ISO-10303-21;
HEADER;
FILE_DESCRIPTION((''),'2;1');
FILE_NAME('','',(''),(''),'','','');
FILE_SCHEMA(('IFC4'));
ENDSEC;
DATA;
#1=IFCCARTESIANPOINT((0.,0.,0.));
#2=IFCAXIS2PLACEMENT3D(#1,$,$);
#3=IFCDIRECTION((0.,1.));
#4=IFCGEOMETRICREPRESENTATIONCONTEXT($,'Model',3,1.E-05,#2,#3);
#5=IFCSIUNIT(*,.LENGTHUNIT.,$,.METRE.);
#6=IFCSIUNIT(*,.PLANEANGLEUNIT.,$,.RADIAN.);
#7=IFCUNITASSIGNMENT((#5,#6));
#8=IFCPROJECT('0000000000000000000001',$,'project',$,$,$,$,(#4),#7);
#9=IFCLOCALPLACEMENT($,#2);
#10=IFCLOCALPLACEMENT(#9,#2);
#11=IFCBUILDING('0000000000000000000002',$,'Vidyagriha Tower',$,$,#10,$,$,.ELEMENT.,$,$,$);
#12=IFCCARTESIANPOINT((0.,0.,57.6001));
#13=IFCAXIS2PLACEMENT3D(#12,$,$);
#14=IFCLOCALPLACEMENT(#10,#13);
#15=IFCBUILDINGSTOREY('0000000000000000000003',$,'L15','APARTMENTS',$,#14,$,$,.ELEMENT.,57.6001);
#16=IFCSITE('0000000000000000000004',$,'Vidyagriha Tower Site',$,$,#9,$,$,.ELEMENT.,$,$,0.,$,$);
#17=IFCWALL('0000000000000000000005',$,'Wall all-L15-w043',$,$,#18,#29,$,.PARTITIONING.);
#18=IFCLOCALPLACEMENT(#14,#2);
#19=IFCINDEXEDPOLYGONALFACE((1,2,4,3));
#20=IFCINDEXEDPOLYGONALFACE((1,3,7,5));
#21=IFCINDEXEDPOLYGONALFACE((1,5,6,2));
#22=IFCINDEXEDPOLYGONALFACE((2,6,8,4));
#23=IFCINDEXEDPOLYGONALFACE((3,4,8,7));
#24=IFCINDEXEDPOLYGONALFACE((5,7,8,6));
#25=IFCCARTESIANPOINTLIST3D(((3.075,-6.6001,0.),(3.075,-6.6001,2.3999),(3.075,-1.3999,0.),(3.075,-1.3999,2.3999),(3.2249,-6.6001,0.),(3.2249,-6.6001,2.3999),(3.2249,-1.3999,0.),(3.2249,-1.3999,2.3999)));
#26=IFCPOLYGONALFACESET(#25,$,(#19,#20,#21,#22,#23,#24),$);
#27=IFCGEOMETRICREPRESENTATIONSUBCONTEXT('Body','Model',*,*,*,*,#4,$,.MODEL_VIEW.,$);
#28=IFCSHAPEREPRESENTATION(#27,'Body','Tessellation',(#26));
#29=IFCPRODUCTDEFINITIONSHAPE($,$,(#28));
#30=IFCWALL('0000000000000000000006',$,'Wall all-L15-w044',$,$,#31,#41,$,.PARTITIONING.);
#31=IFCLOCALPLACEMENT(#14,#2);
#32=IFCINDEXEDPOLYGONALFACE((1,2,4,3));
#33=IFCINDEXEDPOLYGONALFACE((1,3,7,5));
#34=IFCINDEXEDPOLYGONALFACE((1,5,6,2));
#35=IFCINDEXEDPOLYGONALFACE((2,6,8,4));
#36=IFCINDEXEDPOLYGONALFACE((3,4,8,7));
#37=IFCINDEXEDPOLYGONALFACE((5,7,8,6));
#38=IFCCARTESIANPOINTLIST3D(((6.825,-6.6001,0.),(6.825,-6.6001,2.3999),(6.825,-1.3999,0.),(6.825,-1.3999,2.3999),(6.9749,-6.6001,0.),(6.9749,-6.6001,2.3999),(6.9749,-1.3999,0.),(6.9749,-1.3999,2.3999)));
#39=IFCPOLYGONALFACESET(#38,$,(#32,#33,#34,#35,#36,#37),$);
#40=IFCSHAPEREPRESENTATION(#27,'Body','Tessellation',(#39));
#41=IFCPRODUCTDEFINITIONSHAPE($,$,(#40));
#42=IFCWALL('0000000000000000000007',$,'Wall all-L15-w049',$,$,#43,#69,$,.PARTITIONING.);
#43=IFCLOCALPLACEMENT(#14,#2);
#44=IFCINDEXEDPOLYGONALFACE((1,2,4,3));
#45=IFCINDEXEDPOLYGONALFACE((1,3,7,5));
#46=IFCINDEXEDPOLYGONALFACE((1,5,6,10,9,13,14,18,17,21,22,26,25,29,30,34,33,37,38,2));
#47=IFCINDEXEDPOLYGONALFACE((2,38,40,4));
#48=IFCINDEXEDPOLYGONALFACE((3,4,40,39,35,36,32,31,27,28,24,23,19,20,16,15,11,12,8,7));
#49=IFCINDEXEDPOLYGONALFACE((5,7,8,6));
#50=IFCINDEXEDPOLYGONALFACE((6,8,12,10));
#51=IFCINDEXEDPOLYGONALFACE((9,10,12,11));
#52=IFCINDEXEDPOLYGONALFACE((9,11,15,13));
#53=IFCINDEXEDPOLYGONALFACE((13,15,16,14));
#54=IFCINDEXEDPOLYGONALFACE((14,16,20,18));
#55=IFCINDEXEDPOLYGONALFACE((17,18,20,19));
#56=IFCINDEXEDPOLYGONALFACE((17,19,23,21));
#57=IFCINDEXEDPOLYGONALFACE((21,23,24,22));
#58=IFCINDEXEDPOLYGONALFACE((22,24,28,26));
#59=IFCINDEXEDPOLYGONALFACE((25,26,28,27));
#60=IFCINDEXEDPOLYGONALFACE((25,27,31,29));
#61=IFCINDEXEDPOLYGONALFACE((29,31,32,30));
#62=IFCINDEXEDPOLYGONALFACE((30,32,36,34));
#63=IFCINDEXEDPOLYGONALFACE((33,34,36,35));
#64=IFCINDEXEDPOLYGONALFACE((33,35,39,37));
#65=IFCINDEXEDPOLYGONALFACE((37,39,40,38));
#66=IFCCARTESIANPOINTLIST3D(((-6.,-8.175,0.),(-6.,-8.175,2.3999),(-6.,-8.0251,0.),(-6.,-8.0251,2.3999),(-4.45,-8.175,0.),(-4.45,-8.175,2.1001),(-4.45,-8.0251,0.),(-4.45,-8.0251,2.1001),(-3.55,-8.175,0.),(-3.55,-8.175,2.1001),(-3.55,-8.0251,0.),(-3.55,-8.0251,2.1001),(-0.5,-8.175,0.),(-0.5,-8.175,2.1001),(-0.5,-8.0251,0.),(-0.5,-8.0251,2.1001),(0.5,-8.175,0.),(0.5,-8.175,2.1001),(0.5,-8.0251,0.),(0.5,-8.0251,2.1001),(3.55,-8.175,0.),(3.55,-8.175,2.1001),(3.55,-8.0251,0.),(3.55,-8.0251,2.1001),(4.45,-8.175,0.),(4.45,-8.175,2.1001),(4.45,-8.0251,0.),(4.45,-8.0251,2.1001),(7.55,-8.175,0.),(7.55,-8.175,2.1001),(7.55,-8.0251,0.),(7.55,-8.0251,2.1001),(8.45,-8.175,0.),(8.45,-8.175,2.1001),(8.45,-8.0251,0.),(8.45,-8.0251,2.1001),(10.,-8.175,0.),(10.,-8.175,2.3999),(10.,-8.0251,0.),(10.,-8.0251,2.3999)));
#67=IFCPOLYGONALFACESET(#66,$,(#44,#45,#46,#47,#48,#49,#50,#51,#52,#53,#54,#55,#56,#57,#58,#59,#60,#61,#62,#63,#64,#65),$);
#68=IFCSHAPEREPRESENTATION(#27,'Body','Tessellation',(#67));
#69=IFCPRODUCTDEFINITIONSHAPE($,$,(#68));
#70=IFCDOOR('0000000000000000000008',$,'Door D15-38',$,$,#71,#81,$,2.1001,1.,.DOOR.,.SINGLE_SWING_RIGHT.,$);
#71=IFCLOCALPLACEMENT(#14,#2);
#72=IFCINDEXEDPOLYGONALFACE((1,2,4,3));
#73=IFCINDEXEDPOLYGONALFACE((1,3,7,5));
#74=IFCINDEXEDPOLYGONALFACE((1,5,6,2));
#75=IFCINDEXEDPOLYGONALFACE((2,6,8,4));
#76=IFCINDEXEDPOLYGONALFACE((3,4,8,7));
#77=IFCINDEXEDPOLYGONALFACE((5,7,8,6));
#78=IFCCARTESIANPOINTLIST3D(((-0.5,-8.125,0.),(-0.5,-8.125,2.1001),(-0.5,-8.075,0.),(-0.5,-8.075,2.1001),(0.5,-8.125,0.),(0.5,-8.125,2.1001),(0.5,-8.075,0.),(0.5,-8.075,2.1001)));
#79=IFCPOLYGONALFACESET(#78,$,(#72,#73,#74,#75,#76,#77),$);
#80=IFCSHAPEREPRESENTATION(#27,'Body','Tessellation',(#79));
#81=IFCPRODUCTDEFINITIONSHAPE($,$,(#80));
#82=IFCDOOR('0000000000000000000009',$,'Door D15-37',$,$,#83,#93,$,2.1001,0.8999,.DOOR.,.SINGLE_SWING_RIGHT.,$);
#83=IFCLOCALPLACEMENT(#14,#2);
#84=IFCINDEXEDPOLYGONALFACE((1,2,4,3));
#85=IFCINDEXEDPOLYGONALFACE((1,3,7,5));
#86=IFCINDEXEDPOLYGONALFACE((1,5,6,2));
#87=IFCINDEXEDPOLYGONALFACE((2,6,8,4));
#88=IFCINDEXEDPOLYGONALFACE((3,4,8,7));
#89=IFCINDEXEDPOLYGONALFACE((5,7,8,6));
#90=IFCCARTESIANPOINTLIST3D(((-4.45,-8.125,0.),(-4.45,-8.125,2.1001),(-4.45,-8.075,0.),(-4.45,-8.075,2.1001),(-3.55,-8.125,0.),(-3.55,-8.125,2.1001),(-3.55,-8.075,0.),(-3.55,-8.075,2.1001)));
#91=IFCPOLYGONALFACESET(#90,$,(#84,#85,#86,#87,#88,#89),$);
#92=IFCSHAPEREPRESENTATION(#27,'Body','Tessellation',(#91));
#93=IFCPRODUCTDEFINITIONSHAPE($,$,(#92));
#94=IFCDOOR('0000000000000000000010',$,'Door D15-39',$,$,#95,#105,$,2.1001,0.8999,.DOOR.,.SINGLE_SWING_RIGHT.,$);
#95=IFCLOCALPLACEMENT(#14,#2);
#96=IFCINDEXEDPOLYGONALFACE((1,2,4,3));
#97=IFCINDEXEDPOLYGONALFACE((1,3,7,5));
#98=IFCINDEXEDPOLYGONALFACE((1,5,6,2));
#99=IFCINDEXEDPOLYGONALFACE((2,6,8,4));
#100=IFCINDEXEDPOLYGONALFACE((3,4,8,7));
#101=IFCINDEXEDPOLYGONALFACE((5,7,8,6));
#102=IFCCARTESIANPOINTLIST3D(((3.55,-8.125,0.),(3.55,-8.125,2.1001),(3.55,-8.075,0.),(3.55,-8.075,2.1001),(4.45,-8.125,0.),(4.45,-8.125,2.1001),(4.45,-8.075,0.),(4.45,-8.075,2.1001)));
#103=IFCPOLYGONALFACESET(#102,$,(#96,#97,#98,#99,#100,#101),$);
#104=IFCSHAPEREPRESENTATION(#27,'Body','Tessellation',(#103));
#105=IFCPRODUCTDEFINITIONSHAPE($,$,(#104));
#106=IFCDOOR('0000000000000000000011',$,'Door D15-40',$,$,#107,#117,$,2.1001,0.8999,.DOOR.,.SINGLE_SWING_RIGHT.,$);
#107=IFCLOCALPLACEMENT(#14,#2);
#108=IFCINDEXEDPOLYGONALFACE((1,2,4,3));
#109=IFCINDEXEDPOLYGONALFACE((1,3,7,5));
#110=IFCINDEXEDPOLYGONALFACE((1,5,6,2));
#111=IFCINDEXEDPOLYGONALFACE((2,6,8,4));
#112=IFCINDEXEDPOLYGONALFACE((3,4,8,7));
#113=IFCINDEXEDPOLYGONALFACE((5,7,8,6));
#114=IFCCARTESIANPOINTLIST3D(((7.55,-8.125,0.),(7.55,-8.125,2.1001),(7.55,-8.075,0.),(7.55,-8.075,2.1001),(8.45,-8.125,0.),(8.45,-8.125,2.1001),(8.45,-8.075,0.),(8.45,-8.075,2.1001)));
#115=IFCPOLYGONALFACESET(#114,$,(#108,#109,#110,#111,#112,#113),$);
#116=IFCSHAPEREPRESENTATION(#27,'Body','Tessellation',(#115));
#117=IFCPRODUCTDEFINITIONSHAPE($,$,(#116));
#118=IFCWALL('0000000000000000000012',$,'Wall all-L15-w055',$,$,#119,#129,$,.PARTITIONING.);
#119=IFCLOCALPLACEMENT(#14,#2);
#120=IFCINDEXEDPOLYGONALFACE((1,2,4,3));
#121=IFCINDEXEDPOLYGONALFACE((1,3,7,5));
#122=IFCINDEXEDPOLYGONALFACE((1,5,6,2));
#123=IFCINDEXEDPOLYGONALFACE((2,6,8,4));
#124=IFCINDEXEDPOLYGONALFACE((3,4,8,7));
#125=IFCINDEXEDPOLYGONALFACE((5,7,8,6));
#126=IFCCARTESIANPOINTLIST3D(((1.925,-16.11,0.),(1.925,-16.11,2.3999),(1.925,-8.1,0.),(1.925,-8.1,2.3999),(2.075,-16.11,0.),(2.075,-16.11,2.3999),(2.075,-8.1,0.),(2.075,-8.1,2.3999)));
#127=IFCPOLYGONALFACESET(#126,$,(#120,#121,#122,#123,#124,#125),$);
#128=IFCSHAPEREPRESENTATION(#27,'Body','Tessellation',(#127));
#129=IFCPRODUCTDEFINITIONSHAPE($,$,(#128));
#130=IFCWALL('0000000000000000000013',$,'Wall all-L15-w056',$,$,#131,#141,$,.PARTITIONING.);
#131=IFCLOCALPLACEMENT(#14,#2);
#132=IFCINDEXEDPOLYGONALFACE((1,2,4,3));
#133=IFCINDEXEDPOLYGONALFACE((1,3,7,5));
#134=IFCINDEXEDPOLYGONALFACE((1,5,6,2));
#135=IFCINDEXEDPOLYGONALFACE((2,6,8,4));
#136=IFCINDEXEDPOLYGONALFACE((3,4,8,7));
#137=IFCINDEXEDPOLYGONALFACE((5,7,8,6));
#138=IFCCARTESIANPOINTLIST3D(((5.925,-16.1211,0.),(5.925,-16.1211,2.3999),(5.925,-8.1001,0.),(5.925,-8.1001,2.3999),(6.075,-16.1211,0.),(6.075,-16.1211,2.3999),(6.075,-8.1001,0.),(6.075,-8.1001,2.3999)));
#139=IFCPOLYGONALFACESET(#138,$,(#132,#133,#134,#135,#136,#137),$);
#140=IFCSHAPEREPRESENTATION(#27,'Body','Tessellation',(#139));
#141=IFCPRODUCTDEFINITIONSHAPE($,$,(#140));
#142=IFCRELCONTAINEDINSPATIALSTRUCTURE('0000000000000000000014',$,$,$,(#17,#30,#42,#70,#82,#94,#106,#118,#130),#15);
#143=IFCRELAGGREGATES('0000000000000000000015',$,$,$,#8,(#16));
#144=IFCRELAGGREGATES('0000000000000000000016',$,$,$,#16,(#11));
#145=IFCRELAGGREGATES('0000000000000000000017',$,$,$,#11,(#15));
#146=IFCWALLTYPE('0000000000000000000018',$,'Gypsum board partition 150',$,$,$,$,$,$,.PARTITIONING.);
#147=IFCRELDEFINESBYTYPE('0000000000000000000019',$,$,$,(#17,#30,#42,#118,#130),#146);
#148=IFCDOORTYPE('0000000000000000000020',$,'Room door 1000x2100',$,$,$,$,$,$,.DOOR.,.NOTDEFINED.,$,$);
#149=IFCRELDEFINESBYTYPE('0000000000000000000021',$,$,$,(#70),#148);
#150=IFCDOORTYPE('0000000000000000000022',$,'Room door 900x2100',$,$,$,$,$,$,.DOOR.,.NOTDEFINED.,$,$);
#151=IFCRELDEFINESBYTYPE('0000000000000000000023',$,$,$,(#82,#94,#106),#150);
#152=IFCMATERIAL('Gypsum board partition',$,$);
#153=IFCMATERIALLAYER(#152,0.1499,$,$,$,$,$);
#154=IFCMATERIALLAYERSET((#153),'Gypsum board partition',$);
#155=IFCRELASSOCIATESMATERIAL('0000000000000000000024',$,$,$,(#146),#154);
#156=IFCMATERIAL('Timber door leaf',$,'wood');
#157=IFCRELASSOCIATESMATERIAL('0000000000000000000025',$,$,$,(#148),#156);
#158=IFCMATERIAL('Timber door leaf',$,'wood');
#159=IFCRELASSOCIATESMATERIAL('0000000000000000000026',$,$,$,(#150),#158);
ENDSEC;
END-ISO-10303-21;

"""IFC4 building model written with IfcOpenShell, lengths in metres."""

from ifc_helpers import new_model, si_unit, direction, frame, frame_2d, origin, place, context, subcontext, project, spatial, rectangle, extrude, material, layer, layer_set, type_object, element, fill, save


model = new_model("IFC4")

# Units and contexts
model_context = context("Model", 3, precision=1e-05, world=origin(), true_north=direction((0.0, 1.0)))
body_context = subcontext(model_context, "Body", "Model", "MODEL_VIEW")
ifc_project = project(units=[si_unit("LENGTHUNIT", "METRE"), si_unit("PLANEANGLEUNIT", "RADIAN")], contexts=[model_context])

# Site, building, storey
site_placement = place(None, origin())
site = spatial("IfcSite", under=ifc_project, at=site_placement, Name="Vidyagriha Tower Site", CompositionType="ELEMENT", RefElevation=0.0)
building_placement = place(site_placement, origin())
building = spatial("IfcBuilding", under=site, at=building_placement, Name="Vidyagriha Tower", CompositionType="ELEMENT")
storey_placement = place(building_placement, frame((0.0, 0.0, 57.6001)))
storey = spatial("IfcBuildingStorey", under=building, at=storey_placement, Name="L15", Description="APARTMENTS", CompositionType="ELEMENT", Elevation=57.6001)

# Walls
ifc_material_1 = material(Name="Gypsum board partition")
ifc_layer_1 = layer(ifc_material_1, 0.1499)
ifc_layer_set_1 = layer_set([ifc_layer_1], Name="Gypsum board partition")
wall_type_1 = type_object("IfcWallType", Name="Gypsum board partition 150", PredefinedType="PARTITIONING", material=ifc_layer_set_1)
for number, where, z_axis, x_axis, name in (
    (1, (3.1499, -1.3999, 0.0), (0.0, 0.0, 1.0), (0.0, -1.0, 0.0), "Wall all-L15-w043"),
    (2, (6.8999, -1.3999, 0.0), (0.0, 0.0, 1.0), (0.0, -1.0, 0.0), "Wall all-L15-w044"),
):
    element("IfcWall", number, at=place(storey_placement, frame(where, z_axis=z_axis, x_axis=x_axis)), inside=storey, type_object=wall_type_1, Name=name, PredefinedType="PARTITIONING", context=body_context, shape_type="SweptSolid", body=[
        extrude(rectangle(XDim=5.2002, YDim=0.1499, at=frame_2d((2.6001, 0.0))), origin(), (0.0, 0.0, 1.0), 2.3999),
    ])

# Wall, openings, doors
wall_1_placement = place(storey_placement, frame((10.0, -8.1001, 0.0), z_axis=(0.0, 0.0, 1.0), x_axis=(-1.0, 0.0, 0.0)))
wall_1 = element("IfcWall", 3, at=wall_1_placement, inside=storey, type_object=wall_type_1, Name="Wall all-L15-w049", PredefinedType="PARTITIONING", context=body_context, shape_type="SweptSolid", body=[
    extrude(rectangle(XDim=16.0, YDim=0.1499, at=frame_2d((8.0, 0.0))), origin(), (0.0, 0.0, 1.0), 2.3999),
])
opening_1_placement = place(wall_1_placement, frame((13.55, 0.0, 0.0)))
opening_1 = element("IfcOpeningElement", 4, at=opening_1_placement, cuts=wall_1, PredefinedType="OPENING", context=body_context, shape_type="SweptSolid", body=[
    extrude(rectangle(XDim=0.8999, YDim=2.1001, at=frame_2d((0.45, 1.05))), frame((0.0, 0.085, 0.0), z_axis=(0.0, -1.0, 0.0), x_axis=(1.0, 0.0, 0.0)), (0.0, 0.0, 1.0), 0.1699),
])
opening_2_placement = place(wall_1_placement, frame((9.5, 0.0, 0.0)))
opening_2 = element("IfcOpeningElement", 5, at=opening_2_placement, cuts=wall_1, PredefinedType="OPENING", context=body_context, shape_type="SweptSolid", body=[
    extrude(rectangle(XDim=1.0, YDim=2.1001, at=frame_2d((0.5, 1.05))), frame((0.0, 0.085, 0.0), z_axis=(0.0, -1.0, 0.0), x_axis=(1.0, 0.0, 0.0)), (0.0, 0.0, 1.0), 0.1699),
])
opening_3_placement = place(wall_1_placement, frame((5.55, 0.0, 0.0)))
opening_3 = element("IfcOpeningElement", 6, at=opening_3_placement, cuts=wall_1, PredefinedType="OPENING", context=body_context, shape_type="SweptSolid", body=[
    extrude(rectangle(XDim=0.8999, YDim=2.1001, at=frame_2d((0.45, 1.05))), frame((0.0, 0.085, 0.0), z_axis=(0.0, -1.0, 0.0), x_axis=(1.0, 0.0, 0.0)), (0.0, 0.0, 1.0), 0.1699),
])
opening_4_placement = place(wall_1_placement, frame((1.55, 0.0, 0.0)))
opening_4 = element("IfcOpeningElement", 7, at=opening_4_placement, cuts=wall_1, PredefinedType="OPENING", context=body_context, shape_type="SweptSolid", body=[
    extrude(rectangle(XDim=0.8999, YDim=2.1001, at=frame_2d((0.45, 1.05))), frame((0.0, 0.085, 0.0), z_axis=(0.0, -1.0, 0.0), x_axis=(1.0, 0.0, 0.0)), (0.0, 0.0, 1.0), 0.1699),
])
ifc_material_2 = material(Name="Timber door leaf", Category="wood")
door_type_1 = type_object("IfcDoorType", Name="Room door 1000x2100", OperationType="NOTDEFINED", PredefinedType="DOOR", material=ifc_material_2)
door_1_placement = place(opening_2_placement, origin())
door_1 = element("IfcDoor", 8, at=door_1_placement, inside=storey, type_object=door_type_1, Name="Door D15-38", OperationType="SINGLE_SWING_RIGHT", OverallHeight=2.1001, OverallWidth=1.0, PredefinedType="DOOR", context=body_context, shape_type="SweptSolid", body=[
    extrude(rectangle(XDim=1.0, YDim=2.1001, at=frame_2d((0.5, 1.05))), frame((0.0, 0.0249, 0.0), z_axis=(0.0, -1.0, 0.0), x_axis=(1.0, 0.0, 0.0)), (0.0, 0.0, 1.0), 0.05),
])
fill(opening_2, door_1)
ifc_material_3 = material(Name="Timber door leaf", Category="wood")
door_type_2 = type_object("IfcDoorType", Name="Room door 900x2100", OperationType="NOTDEFINED", PredefinedType="DOOR", material=ifc_material_3)
door_2_placement = place(opening_1_placement, origin())
door_2 = element("IfcDoor", 9, at=door_2_placement, inside=storey, type_object=door_type_2, Name="Door D15-37", OperationType="SINGLE_SWING_RIGHT", OverallHeight=2.1001, OverallWidth=0.8999, PredefinedType="DOOR", context=body_context, shape_type="SweptSolid", body=[
    extrude(rectangle(XDim=0.8999, YDim=2.1001, at=frame_2d((0.45, 1.05))), frame((0.0, 0.0249, 0.0), z_axis=(0.0, -1.0, 0.0), x_axis=(1.0, 0.0, 0.0)), (0.0, 0.0, 1.0), 0.05),
])
fill(opening_1, door_2)
door_3_placement = place(opening_3_placement, origin())
door_3 = element("IfcDoor", 10, at=door_3_placement, inside=storey, type_object=door_type_2, Name="Door D15-39", OperationType="SINGLE_SWING_RIGHT", OverallHeight=2.1001, OverallWidth=0.8999, PredefinedType="DOOR", context=body_context, shape_type="SweptSolid", body=[
    extrude(rectangle(XDim=0.8999, YDim=2.1001, at=frame_2d((0.45, 1.05))), frame((0.0, 0.0249, 0.0), z_axis=(0.0, -1.0, 0.0), x_axis=(1.0, 0.0, 0.0)), (0.0, 0.0, 1.0), 0.05),
])
fill(opening_3, door_3)
door_4_placement = place(opening_4_placement, origin())
door_4 = element("IfcDoor", 11, at=door_4_placement, inside=storey, type_object=door_type_2, Name="Door D15-40", OperationType="SINGLE_SWING_RIGHT", OverallHeight=2.1001, OverallWidth=0.8999, PredefinedType="DOOR", context=body_context, shape_type="SweptSolid", body=[
    extrude(rectangle(XDim=0.8999, YDim=2.1001, at=frame_2d((0.45, 1.05))), frame((0.0, 0.0249, 0.0), z_axis=(0.0, -1.0, 0.0), x_axis=(1.0, 0.0, 0.0)), (0.0, 0.0, 1.0), 0.05),
])
fill(opening_4, door_4)

# Walls
wall_2_placement = place(storey_placement, frame((2.0, -8.1001, 0.0), z_axis=(0.0, 0.0, 1.0), x_axis=(0.0, -1.0, 0.0)))
element("IfcWall", 12, at=wall_2_placement, inside=storey, type_object=wall_type_1, Name="Wall all-L15-w055", PredefinedType="PARTITIONING", context=body_context, shape_type="SweptSolid", body=[
    extrude(rectangle(XDim=8.01, YDim=0.1499, at=frame_2d((4.0049, 0.0))), origin(), (0.0, 0.0, 1.0), 2.3999),
])
wall_3_placement = place(storey_placement, frame((6.0, -8.1001, 0.0), z_axis=(0.0, 0.0, 1.0), x_axis=(0.0, -1.0, 0.0)))
element("IfcWall", 13, at=wall_3_placement, inside=storey, type_object=wall_type_1, Name="Wall all-L15-w056", PredefinedType="PARTITIONING", context=body_context, shape_type="SweptSolid", body=[
    extrude(rectangle(XDim=8.021, YDim=0.1499, at=frame_2d((4.0105, 0.0))), origin(), (0.0, 0.0, 1.0), 2.3999),
])

save(model, "model.ifc")
